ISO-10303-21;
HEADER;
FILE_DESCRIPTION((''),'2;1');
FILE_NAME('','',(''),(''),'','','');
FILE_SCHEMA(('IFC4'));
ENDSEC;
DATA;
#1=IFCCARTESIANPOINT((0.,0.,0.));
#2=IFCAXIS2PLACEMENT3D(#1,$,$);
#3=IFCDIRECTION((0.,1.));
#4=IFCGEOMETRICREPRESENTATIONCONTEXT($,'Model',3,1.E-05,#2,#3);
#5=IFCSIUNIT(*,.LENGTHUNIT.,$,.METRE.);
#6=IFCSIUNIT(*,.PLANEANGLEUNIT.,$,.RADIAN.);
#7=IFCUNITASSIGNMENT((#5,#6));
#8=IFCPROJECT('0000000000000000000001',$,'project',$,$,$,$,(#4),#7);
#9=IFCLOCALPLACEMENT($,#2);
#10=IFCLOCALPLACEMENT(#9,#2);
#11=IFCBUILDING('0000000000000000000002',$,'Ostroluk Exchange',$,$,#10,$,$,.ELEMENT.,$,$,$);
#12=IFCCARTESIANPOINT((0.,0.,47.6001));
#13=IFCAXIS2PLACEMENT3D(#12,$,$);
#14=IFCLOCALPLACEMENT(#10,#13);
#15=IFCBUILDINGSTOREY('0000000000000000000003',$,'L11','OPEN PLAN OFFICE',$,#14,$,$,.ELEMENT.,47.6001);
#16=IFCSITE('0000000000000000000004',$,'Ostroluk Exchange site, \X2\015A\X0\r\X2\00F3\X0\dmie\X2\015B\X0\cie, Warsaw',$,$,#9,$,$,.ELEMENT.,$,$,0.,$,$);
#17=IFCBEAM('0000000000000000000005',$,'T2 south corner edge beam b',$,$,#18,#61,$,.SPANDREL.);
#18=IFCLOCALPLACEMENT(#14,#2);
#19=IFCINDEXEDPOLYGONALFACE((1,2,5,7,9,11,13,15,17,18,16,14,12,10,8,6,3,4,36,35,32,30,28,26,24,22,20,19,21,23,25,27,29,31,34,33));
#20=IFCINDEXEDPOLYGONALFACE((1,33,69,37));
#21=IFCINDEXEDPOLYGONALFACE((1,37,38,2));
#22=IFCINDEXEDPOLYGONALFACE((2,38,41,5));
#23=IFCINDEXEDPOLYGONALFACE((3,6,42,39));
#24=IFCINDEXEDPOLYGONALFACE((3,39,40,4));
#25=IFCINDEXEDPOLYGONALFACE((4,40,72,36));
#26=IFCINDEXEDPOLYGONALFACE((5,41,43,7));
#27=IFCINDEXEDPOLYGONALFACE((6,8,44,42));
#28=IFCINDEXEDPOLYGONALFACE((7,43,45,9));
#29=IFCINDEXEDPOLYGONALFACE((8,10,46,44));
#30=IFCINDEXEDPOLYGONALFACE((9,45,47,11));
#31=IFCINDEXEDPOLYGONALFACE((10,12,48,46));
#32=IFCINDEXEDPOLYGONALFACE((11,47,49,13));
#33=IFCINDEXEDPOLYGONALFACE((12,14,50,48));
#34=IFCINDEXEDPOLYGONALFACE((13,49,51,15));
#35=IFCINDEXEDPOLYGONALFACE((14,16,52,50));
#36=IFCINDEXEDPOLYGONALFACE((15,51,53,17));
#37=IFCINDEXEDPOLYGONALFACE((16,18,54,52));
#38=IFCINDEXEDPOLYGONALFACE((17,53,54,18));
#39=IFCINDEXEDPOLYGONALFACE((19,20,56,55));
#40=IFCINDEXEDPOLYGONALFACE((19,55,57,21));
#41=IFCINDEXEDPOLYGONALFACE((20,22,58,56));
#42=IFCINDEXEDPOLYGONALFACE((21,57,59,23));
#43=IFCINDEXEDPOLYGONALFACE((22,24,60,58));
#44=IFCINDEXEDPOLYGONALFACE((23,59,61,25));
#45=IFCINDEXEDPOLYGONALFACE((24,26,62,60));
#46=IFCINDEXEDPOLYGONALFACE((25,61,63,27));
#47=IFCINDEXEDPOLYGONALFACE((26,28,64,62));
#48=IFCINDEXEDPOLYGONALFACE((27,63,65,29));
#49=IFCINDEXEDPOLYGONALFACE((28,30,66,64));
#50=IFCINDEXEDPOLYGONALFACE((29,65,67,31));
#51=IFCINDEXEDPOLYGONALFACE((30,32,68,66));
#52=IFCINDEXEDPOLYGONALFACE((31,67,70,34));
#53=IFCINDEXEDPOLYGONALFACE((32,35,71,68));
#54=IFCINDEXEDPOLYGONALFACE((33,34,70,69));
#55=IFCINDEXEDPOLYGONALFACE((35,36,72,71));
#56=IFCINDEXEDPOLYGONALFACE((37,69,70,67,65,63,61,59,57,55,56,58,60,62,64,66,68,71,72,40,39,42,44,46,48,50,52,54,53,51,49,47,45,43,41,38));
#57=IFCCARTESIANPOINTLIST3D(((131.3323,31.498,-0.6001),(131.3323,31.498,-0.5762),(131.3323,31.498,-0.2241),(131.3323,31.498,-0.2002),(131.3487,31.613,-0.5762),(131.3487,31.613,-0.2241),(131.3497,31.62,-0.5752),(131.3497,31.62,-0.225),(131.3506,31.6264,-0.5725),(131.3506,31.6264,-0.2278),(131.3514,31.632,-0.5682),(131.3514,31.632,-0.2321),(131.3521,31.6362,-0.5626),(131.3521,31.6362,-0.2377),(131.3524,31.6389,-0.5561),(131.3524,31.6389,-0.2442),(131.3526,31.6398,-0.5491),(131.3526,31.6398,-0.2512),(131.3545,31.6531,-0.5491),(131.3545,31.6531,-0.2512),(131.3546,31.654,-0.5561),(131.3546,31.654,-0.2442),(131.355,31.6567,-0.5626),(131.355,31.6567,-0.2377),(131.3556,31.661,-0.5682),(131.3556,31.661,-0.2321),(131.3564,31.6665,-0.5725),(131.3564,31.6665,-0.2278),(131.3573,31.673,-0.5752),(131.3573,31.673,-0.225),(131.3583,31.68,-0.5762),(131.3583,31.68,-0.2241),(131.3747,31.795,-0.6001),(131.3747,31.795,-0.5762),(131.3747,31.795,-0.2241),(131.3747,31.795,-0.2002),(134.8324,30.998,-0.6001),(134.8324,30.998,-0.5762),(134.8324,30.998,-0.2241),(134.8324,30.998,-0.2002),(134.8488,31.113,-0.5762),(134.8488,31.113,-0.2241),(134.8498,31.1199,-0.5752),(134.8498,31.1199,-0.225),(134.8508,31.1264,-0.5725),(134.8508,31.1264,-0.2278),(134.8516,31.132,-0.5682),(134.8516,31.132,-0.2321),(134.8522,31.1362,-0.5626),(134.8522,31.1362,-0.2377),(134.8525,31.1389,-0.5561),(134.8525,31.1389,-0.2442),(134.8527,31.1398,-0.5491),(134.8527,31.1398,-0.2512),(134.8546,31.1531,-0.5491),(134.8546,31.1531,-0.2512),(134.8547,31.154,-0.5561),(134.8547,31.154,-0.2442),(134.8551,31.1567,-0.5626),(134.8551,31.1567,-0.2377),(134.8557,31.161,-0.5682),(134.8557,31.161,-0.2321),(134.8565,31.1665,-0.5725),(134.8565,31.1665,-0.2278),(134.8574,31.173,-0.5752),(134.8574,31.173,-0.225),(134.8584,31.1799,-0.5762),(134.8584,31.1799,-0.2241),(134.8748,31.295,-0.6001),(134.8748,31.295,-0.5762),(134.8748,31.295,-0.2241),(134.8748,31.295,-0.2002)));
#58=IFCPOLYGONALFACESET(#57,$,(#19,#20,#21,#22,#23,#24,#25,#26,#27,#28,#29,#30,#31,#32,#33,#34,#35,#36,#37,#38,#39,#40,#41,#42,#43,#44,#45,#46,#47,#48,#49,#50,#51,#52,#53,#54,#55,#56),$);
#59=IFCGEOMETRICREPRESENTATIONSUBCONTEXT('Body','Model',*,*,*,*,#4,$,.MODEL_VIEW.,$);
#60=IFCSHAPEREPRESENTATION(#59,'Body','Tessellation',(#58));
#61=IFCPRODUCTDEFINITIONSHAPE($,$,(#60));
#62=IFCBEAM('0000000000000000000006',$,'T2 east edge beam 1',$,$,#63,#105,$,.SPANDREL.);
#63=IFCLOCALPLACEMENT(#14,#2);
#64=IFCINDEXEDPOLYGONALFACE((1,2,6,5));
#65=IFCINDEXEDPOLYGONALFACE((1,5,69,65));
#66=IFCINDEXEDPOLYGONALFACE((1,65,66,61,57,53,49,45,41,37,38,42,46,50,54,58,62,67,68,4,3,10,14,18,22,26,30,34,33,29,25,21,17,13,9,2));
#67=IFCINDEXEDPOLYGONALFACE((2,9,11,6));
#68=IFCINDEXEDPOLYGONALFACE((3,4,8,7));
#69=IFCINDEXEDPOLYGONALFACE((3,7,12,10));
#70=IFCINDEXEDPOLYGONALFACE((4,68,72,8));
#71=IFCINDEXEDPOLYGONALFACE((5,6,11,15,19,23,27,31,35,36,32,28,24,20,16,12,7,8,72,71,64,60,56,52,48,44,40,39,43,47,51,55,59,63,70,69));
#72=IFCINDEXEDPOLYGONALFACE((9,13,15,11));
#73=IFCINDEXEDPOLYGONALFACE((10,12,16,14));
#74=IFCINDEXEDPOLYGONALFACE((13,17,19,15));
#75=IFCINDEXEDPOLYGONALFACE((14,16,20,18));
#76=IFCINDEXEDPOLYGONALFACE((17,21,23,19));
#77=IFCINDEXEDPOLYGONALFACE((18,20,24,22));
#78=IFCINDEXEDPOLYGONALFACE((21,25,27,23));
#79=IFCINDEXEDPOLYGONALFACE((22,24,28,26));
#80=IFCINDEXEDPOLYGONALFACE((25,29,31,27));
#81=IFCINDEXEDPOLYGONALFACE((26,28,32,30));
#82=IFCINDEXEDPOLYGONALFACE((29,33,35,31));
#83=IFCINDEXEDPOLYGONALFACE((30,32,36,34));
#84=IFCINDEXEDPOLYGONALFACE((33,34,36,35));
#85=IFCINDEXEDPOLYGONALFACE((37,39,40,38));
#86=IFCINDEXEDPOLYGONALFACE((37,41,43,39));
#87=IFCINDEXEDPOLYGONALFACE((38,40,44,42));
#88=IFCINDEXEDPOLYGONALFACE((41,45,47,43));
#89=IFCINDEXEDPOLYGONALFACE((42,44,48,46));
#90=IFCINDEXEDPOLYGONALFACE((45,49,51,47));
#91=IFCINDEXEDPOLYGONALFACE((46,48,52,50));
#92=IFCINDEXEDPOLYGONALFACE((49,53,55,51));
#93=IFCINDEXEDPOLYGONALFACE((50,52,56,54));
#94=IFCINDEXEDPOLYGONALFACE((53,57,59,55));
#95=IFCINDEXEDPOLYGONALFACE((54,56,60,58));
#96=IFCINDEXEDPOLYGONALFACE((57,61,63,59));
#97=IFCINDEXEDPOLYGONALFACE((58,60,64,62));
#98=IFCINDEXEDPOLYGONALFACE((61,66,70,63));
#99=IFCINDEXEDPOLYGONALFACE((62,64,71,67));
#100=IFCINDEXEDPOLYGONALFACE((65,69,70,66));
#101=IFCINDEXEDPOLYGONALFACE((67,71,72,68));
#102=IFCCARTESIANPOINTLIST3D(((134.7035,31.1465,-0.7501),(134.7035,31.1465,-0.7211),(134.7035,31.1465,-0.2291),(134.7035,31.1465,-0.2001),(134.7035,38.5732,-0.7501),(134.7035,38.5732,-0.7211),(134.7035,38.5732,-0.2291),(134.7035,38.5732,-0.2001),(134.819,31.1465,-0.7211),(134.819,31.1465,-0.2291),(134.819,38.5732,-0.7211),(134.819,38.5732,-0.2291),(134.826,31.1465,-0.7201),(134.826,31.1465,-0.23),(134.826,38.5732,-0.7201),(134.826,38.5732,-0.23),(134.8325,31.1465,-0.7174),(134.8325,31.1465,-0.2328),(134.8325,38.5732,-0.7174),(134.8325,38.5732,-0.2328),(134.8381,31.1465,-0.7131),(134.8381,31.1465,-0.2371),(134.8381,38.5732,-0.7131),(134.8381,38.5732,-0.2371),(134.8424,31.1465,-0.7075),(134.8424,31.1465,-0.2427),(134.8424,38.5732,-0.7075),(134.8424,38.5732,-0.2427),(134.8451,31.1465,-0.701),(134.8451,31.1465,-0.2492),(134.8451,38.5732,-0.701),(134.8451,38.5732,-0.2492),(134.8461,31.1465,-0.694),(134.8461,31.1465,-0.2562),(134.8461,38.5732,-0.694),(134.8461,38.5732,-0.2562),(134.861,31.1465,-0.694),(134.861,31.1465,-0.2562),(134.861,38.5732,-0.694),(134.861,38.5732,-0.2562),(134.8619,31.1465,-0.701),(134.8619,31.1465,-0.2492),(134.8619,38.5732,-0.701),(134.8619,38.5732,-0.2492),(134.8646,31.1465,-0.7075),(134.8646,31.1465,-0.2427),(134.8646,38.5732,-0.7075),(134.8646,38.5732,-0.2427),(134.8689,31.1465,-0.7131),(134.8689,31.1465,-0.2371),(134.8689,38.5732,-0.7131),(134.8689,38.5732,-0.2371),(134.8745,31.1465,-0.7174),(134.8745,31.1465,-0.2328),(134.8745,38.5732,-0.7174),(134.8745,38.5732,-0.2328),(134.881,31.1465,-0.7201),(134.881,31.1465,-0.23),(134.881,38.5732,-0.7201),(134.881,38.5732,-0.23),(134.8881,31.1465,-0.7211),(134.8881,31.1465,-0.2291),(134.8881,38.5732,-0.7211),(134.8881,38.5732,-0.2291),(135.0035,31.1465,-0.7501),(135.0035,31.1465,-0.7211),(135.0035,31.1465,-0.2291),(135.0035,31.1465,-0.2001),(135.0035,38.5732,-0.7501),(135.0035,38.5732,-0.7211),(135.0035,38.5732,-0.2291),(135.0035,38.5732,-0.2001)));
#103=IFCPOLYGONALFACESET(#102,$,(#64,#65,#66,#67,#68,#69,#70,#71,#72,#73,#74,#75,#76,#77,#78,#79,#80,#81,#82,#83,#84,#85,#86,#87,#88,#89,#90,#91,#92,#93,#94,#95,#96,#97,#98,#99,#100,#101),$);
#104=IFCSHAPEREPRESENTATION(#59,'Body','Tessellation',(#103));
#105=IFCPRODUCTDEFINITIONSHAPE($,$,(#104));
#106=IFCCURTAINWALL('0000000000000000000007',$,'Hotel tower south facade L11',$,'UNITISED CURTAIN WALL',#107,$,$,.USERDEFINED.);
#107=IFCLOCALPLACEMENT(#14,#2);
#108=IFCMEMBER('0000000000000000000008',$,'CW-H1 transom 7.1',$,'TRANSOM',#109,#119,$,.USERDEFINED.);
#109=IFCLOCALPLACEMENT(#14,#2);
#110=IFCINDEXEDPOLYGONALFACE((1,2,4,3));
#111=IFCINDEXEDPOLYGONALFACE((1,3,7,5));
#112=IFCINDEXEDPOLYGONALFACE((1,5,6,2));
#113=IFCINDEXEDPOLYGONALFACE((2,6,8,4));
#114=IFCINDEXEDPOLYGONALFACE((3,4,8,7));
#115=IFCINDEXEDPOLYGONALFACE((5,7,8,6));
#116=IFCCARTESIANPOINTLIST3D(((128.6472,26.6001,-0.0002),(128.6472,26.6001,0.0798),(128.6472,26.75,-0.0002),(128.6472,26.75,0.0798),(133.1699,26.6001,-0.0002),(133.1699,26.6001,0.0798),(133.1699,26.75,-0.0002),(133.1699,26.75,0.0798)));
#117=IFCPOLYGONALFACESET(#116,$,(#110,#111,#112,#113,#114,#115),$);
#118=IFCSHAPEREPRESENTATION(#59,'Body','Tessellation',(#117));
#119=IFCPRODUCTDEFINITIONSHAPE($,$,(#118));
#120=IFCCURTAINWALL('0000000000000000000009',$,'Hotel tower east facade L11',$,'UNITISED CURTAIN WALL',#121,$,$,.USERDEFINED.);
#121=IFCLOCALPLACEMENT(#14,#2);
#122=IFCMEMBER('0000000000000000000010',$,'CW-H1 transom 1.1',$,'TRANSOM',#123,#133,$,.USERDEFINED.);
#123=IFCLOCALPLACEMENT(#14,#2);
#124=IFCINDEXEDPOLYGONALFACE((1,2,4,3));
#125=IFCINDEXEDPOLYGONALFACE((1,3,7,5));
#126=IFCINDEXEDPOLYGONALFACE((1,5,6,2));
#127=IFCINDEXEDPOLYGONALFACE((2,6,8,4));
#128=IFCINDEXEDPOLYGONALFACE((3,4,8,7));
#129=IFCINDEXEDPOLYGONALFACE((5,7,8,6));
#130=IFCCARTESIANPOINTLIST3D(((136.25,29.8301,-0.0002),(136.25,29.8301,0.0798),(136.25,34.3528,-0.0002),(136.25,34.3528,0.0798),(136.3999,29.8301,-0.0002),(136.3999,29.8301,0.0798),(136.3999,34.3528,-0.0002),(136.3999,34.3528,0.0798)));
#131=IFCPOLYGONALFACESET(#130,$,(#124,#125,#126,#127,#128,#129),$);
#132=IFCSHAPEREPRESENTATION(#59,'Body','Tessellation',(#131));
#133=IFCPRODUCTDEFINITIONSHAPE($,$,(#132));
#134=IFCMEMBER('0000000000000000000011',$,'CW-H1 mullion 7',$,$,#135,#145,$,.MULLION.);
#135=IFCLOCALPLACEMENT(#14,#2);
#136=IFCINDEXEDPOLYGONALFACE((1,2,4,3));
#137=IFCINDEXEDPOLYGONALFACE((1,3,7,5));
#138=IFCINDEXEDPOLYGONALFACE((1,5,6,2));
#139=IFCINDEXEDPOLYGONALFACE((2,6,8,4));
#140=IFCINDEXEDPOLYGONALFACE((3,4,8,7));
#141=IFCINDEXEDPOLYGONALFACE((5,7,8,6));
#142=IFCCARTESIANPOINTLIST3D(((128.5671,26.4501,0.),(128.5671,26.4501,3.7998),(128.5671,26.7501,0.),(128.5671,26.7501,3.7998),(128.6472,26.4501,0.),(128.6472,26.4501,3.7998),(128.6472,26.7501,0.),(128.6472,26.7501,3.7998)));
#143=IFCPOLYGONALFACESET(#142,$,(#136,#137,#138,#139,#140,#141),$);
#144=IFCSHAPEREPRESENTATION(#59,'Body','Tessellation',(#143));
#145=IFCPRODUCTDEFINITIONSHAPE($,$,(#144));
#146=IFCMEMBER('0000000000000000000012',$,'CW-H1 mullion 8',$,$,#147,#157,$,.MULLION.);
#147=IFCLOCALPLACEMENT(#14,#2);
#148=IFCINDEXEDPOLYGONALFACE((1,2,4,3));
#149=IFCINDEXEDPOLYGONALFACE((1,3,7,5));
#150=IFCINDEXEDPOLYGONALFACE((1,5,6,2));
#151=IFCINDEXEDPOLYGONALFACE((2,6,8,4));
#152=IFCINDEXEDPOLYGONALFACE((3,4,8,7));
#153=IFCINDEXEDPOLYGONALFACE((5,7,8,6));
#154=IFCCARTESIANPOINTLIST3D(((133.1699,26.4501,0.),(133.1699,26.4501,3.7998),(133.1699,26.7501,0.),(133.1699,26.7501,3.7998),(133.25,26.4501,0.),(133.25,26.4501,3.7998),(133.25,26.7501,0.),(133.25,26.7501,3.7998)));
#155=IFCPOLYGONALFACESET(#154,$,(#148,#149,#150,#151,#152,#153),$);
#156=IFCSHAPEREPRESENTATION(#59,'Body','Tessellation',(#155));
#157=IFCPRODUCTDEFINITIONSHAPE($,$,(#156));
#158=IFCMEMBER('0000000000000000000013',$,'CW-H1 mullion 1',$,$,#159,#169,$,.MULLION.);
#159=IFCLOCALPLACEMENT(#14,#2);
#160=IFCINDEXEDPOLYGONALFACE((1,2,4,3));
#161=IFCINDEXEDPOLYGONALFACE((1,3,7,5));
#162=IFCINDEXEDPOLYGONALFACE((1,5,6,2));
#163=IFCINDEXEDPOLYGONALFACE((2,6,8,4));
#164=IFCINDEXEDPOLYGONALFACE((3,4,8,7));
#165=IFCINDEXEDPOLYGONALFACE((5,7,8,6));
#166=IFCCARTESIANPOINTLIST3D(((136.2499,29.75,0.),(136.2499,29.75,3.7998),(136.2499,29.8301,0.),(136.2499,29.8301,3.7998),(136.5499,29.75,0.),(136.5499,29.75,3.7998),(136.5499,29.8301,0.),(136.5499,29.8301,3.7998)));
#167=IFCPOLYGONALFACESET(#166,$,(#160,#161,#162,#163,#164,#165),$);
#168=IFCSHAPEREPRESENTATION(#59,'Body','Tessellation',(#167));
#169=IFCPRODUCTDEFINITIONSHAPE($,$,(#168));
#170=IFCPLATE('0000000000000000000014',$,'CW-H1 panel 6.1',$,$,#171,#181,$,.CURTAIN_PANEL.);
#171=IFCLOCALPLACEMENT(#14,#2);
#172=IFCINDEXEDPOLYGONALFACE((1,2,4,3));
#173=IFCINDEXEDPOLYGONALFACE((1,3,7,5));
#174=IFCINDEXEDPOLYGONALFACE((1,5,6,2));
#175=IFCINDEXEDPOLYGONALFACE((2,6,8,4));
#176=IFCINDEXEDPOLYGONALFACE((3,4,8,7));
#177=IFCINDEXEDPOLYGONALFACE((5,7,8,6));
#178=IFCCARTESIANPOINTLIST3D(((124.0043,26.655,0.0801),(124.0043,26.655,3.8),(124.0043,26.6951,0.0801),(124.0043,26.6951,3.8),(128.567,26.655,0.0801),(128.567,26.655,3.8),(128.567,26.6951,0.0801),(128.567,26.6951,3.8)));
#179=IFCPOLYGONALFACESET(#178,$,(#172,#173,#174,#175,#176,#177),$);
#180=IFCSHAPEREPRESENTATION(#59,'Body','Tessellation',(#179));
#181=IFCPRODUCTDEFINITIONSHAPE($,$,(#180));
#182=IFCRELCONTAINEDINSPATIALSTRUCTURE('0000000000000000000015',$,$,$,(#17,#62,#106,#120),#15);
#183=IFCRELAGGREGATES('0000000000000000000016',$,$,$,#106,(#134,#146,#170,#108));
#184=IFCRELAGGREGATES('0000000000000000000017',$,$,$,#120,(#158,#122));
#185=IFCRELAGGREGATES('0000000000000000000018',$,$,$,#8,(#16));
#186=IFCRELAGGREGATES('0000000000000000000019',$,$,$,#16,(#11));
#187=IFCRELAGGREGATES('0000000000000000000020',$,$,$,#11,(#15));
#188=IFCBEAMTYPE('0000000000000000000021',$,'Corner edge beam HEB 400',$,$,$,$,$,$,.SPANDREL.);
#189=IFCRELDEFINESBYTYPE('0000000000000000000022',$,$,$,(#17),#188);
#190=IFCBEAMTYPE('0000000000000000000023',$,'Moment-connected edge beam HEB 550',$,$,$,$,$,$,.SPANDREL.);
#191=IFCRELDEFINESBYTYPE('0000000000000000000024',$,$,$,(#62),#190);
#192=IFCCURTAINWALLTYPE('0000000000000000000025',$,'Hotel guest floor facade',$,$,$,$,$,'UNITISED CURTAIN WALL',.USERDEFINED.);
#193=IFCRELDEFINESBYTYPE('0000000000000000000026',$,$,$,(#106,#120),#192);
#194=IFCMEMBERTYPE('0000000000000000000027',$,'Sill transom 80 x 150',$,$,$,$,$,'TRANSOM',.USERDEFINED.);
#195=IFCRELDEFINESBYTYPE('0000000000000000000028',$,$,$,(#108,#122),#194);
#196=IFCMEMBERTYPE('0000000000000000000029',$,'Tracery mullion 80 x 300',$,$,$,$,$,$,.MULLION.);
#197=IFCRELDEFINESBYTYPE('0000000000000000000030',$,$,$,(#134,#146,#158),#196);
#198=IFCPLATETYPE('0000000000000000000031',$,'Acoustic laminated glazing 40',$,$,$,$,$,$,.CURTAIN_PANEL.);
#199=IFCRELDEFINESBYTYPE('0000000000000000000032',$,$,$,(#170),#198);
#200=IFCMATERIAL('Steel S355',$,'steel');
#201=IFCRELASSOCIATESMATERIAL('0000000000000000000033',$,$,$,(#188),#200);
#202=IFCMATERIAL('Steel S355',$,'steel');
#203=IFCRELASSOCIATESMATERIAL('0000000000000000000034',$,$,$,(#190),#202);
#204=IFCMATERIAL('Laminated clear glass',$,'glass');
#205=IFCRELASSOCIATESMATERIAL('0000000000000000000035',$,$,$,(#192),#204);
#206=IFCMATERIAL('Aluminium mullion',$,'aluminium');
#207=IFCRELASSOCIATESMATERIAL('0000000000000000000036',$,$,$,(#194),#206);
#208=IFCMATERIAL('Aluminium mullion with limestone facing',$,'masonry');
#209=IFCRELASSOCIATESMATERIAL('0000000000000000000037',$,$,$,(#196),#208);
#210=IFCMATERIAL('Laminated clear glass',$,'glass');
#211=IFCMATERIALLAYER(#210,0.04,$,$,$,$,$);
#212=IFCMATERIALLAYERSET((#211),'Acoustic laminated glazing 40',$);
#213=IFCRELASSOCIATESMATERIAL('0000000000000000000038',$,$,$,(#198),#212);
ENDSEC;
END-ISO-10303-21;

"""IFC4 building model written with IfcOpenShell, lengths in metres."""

from ifc_helpers import new_model, si_unit, direction, frame, origin, origin_2d, place, context, subcontext, project, spatial, rectangle, i_section, extrude, material, layer, layer_set, material_profile, profile_set, type_object, element, aggregate, save


model = new_model("IFC4")

# Units and contexts
model_context = context("Model", 3, precision=1e-05, world=origin(), true_north=direction((0.0, 1.0)))
body_context = subcontext(model_context, "Body", "Model", "MODEL_VIEW")
ifc_project = project(units=[si_unit("LENGTHUNIT", "METRE"), si_unit("PLANEANGLEUNIT", "RADIAN")], contexts=[model_context])

# Site, building, storey
site_placement = place(None, origin())
site = spatial("IfcSite", under=ifc_project, at=site_placement, Name="Ostroluk Exchange site, Śródmieście, Warsaw", CompositionType="ELEMENT", RefElevation=0.0)
building_placement = place(site_placement, origin())
building = spatial("IfcBuilding", under=site, at=building_placement, Name="Ostroluk Exchange", CompositionType="ELEMENT")
storey_placement = place(building_placement, frame((0.0, 0.0, 47.6001)))
storey = spatial("IfcBuildingStorey", under=building, at=storey_placement, Name="L11", Description="OPEN PLAN OFFICE", CompositionType="ELEMENT", Elevation=47.6001)

# Beams
ifc_material_1 = material(Name="Steel S355", Category="steel")
ifc_material_profile_1 = material_profile(ifc_material_1, i_section(OverallWidth=0.3, OverallDepth=0.3999, WebThickness=0.0134, FlangeThickness=0.0239, FilletRadius=0.0271, at=origin_2d()), Name="HEB 400")
ifc_profile_set_1 = profile_set([ifc_material_profile_1], Name="Steel S355")
beam_type_1 = type_object("IfcBeamType", Name="Corner edge beam HEB 400", PredefinedType="SPANDREL", material=ifc_profile_set_1)
for number, where, z_axis, x_axis, name in (
    (1, (131.3535, 31.6465, -0.4001), (0.989949, -0.141421, 0.0), (0.141421, 0.989949, 0.0), "T2 south corner edge beam b"),
):
    element("IfcBeam", number, at=place(storey_placement, frame(where, z_axis=z_axis, x_axis=x_axis)), inside=storey, type_object=beam_type_1, Name=name, PredefinedType="SPANDREL", context=body_context, shape_type="SweptSolid", body=[
        extrude(i_section(OverallWidth=0.3, OverallDepth=0.3999, WebThickness=0.0134, FlangeThickness=0.0239, FilletRadius=0.0271, at=origin_2d()), origin(), (0.0, 0.0, 1.0), 3.5356),
    ])
ifc_material_2 = material(Name="Steel S355", Category="steel")
ifc_material_profile_2 = material_profile(ifc_material_2, i_section(OverallWidth=0.3, OverallDepth=0.55, WebThickness=0.0149, FlangeThickness=0.0291, FilletRadius=0.0271, at=origin_2d()), Name="HEB 550")
ifc_profile_set_2 = profile_set([ifc_material_profile_2], Name="Steel S355")
beam_type_2 = type_object("IfcBeamType", Name="Moment-connected edge beam HEB 550", PredefinedType="SPANDREL", material=ifc_profile_set_2)
beam_1_placement = place(storey_placement, frame((134.8535, 31.1465, -0.4751), z_axis=(0.0, 1.0, 0.0), x_axis=(-1.0, 0.0, 0.0)))
element("IfcBeam", 2, at=beam_1_placement, inside=storey, type_object=beam_type_2, Name="T2 east edge beam 1", PredefinedType="SPANDREL", context=body_context, shape_type="SweptSolid", body=[
    extrude(i_section(OverallWidth=0.3, OverallDepth=0.55, WebThickness=0.0149, FlangeThickness=0.0291, FilletRadius=0.0271, at=origin_2d()), origin(), (0.0, 0.0, 1.0), 7.4268),
])

# Curtain walls, members
ifc_material_3 = material(Name="Laminated clear glass", Category="glass")
curtain_wall_type = type_object("IfcCurtainWallType", Name="Hotel guest floor facade", ElementType="UNITISED CURTAIN WALL", PredefinedType="USERDEFINED", material=ifc_material_3)
curtain_wall_1_placement = place(storey_placement, origin())
curtain_wall_1 = element("IfcCurtainWall", 3, at=curtain_wall_1_placement, inside=storey, type_object=curtain_wall_type, Name="Hotel tower south facade L11", ObjectType="UNITISED CURTAIN WALL", PredefinedType="USERDEFINED")
ifc_material_4 = material(Name="Aluminium mullion", Category="aluminium")
ifc_material_profile_3 = material_profile(ifc_material_4, rectangle(XDim=0.1499, YDim=0.0801, at=origin_2d()), Name="Sill transom 80 x 150")
ifc_profile_set_3 = profile_set([ifc_material_profile_3], Name="Aluminium mullion")
member_type_1 = type_object("IfcMemberType", Name="Sill transom 80 x 150", ElementType="TRANSOM", PredefinedType="USERDEFINED", material=ifc_profile_set_3)
member_1_placement = place(storey_placement, frame((128.6472, 26.675, 0.0398), z_axis=(1.0, 0.0, 0.0), x_axis=(0.0, 1.0, 0.0)))
member_1 = element("IfcMember", 4, at=member_1_placement, type_object=member_type_1, Name="CW-H1 transom 7.1", ObjectType="TRANSOM", PredefinedType="USERDEFINED", context=body_context, shape_type="SweptSolid", body=[
    extrude(rectangle(XDim=0.1499, YDim=0.0801, at=origin_2d()), origin(), (0.0, 0.0, 1.0), 4.5227),
])
curtain_wall_2_placement = place(storey_placement, origin())
curtain_wall_2 = element("IfcCurtainWall", 5, at=curtain_wall_2_placement, inside=storey, type_object=curtain_wall_type, Name="Hotel tower east facade L11", ObjectType="UNITISED CURTAIN WALL", PredefinedType="USERDEFINED")
member_2_placement = place(storey_placement, frame((136.325, 29.8301, 0.0398), z_axis=(0.0, 1.0, 0.0), x_axis=(-1.0, 0.0, 0.0)))
member_2 = element("IfcMember", 6, at=member_2_placement, type_object=member_type_1, Name="CW-H1 transom 1.1", ObjectType="TRANSOM", PredefinedType="USERDEFINED", context=body_context, shape_type="SweptSolid", body=[
    extrude(rectangle(XDim=0.1499, YDim=0.0801, at=origin_2d()), origin(), (0.0, 0.0, 1.0), 4.5227),
])

# Members
ifc_material_5 = material(Name="Aluminium mullion with limestone facing", Category="masonry")
ifc_material_profile_4 = material_profile(ifc_material_5, rectangle(XDim=0.3, YDim=0.0801, at=origin_2d()), Name="Tracery mullion 80 x 300")
ifc_profile_set_4 = profile_set([ifc_material_profile_4], Name="Aluminium mullion with limestone facing")
member_type_2 = type_object("IfcMemberType", Name="Tracery mullion 80 x 300", PredefinedType="MULLION", material=ifc_profile_set_4)
member_3_placement = place(storey_placement, frame((128.6072, 26.6001, 0.0), z_axis=(0.0, 0.0, 1.0), x_axis=(0.0, 1.0, 0.0)))
member_3 = element("IfcMember", 7, at=member_3_placement, type_object=member_type_2, Name="CW-H1 mullion 7", PredefinedType="MULLION", context=body_context, shape_type="SweptSolid", body=[
    extrude(rectangle(XDim=0.3, YDim=0.0801, at=origin_2d()), origin(), (0.0, 0.0, 1.0), 3.7998),
])
member_4_placement = place(storey_placement, frame((133.21, 26.6001, 0.0), z_axis=(0.0, 0.0, 1.0), x_axis=(0.0, 1.0, 0.0)))
member_4 = element("IfcMember", 8, at=member_4_placement, type_object=member_type_2, Name="CW-H1 mullion 8", PredefinedType="MULLION", context=body_context, shape_type="SweptSolid", body=[
    extrude(rectangle(XDim=0.3, YDim=0.0801, at=origin_2d()), origin(), (0.0, 0.0, 1.0), 3.7998),
])
member_5_placement = place(storey_placement, frame((136.3999, 29.79, 0.0), z_axis=(0.0, 0.0, 1.0), x_axis=(-1.0, 0.0, 0.0)))
member_5 = element("IfcMember", 9, at=member_5_placement, type_object=member_type_2, Name="CW-H1 mullion 1", PredefinedType="MULLION", context=body_context, shape_type="SweptSolid", body=[
    extrude(rectangle(XDim=0.3, YDim=0.0801, at=origin_2d()), origin(), (0.0, 0.0, 1.0), 3.7998),
])

# Plate
ifc_material_6 = material(Name="Laminated clear glass", Category="glass")
ifc_layer_1 = layer(ifc_material_6, 0.04)
ifc_layer_set_1 = layer_set([ifc_layer_1], Name="Acoustic laminated glazing 40")
plate_type_1 = type_object("IfcPlateType", Name="Acoustic laminated glazing 40", PredefinedType="CURTAIN_PANEL", material=ifc_layer_set_1)
plate_1_placement = place(storey_placement, frame((126.2856, 26.675, 0.0801), z_axis=(0.0, 0.0, 1.0), x_axis=(1.0, 0.0, 0.0)))
plate_1 = element("IfcPlate", 10, at=plate_1_placement, type_object=plate_type_1, Name="CW-H1 panel 6.1", PredefinedType="CURTAIN_PANEL", context=body_context, shape_type="SweptSolid", body=[
    extrude(rectangle(XDim=4.5627, YDim=0.04, at=origin_2d()), origin(), (0.0, 0.0, 1.0), 3.72),
])
aggregate(curtain_wall_1, [member_3, member_4, plate_1, member_1])
aggregate(curtain_wall_2, [member_5, member_2])

save(model, "model.ifc")
